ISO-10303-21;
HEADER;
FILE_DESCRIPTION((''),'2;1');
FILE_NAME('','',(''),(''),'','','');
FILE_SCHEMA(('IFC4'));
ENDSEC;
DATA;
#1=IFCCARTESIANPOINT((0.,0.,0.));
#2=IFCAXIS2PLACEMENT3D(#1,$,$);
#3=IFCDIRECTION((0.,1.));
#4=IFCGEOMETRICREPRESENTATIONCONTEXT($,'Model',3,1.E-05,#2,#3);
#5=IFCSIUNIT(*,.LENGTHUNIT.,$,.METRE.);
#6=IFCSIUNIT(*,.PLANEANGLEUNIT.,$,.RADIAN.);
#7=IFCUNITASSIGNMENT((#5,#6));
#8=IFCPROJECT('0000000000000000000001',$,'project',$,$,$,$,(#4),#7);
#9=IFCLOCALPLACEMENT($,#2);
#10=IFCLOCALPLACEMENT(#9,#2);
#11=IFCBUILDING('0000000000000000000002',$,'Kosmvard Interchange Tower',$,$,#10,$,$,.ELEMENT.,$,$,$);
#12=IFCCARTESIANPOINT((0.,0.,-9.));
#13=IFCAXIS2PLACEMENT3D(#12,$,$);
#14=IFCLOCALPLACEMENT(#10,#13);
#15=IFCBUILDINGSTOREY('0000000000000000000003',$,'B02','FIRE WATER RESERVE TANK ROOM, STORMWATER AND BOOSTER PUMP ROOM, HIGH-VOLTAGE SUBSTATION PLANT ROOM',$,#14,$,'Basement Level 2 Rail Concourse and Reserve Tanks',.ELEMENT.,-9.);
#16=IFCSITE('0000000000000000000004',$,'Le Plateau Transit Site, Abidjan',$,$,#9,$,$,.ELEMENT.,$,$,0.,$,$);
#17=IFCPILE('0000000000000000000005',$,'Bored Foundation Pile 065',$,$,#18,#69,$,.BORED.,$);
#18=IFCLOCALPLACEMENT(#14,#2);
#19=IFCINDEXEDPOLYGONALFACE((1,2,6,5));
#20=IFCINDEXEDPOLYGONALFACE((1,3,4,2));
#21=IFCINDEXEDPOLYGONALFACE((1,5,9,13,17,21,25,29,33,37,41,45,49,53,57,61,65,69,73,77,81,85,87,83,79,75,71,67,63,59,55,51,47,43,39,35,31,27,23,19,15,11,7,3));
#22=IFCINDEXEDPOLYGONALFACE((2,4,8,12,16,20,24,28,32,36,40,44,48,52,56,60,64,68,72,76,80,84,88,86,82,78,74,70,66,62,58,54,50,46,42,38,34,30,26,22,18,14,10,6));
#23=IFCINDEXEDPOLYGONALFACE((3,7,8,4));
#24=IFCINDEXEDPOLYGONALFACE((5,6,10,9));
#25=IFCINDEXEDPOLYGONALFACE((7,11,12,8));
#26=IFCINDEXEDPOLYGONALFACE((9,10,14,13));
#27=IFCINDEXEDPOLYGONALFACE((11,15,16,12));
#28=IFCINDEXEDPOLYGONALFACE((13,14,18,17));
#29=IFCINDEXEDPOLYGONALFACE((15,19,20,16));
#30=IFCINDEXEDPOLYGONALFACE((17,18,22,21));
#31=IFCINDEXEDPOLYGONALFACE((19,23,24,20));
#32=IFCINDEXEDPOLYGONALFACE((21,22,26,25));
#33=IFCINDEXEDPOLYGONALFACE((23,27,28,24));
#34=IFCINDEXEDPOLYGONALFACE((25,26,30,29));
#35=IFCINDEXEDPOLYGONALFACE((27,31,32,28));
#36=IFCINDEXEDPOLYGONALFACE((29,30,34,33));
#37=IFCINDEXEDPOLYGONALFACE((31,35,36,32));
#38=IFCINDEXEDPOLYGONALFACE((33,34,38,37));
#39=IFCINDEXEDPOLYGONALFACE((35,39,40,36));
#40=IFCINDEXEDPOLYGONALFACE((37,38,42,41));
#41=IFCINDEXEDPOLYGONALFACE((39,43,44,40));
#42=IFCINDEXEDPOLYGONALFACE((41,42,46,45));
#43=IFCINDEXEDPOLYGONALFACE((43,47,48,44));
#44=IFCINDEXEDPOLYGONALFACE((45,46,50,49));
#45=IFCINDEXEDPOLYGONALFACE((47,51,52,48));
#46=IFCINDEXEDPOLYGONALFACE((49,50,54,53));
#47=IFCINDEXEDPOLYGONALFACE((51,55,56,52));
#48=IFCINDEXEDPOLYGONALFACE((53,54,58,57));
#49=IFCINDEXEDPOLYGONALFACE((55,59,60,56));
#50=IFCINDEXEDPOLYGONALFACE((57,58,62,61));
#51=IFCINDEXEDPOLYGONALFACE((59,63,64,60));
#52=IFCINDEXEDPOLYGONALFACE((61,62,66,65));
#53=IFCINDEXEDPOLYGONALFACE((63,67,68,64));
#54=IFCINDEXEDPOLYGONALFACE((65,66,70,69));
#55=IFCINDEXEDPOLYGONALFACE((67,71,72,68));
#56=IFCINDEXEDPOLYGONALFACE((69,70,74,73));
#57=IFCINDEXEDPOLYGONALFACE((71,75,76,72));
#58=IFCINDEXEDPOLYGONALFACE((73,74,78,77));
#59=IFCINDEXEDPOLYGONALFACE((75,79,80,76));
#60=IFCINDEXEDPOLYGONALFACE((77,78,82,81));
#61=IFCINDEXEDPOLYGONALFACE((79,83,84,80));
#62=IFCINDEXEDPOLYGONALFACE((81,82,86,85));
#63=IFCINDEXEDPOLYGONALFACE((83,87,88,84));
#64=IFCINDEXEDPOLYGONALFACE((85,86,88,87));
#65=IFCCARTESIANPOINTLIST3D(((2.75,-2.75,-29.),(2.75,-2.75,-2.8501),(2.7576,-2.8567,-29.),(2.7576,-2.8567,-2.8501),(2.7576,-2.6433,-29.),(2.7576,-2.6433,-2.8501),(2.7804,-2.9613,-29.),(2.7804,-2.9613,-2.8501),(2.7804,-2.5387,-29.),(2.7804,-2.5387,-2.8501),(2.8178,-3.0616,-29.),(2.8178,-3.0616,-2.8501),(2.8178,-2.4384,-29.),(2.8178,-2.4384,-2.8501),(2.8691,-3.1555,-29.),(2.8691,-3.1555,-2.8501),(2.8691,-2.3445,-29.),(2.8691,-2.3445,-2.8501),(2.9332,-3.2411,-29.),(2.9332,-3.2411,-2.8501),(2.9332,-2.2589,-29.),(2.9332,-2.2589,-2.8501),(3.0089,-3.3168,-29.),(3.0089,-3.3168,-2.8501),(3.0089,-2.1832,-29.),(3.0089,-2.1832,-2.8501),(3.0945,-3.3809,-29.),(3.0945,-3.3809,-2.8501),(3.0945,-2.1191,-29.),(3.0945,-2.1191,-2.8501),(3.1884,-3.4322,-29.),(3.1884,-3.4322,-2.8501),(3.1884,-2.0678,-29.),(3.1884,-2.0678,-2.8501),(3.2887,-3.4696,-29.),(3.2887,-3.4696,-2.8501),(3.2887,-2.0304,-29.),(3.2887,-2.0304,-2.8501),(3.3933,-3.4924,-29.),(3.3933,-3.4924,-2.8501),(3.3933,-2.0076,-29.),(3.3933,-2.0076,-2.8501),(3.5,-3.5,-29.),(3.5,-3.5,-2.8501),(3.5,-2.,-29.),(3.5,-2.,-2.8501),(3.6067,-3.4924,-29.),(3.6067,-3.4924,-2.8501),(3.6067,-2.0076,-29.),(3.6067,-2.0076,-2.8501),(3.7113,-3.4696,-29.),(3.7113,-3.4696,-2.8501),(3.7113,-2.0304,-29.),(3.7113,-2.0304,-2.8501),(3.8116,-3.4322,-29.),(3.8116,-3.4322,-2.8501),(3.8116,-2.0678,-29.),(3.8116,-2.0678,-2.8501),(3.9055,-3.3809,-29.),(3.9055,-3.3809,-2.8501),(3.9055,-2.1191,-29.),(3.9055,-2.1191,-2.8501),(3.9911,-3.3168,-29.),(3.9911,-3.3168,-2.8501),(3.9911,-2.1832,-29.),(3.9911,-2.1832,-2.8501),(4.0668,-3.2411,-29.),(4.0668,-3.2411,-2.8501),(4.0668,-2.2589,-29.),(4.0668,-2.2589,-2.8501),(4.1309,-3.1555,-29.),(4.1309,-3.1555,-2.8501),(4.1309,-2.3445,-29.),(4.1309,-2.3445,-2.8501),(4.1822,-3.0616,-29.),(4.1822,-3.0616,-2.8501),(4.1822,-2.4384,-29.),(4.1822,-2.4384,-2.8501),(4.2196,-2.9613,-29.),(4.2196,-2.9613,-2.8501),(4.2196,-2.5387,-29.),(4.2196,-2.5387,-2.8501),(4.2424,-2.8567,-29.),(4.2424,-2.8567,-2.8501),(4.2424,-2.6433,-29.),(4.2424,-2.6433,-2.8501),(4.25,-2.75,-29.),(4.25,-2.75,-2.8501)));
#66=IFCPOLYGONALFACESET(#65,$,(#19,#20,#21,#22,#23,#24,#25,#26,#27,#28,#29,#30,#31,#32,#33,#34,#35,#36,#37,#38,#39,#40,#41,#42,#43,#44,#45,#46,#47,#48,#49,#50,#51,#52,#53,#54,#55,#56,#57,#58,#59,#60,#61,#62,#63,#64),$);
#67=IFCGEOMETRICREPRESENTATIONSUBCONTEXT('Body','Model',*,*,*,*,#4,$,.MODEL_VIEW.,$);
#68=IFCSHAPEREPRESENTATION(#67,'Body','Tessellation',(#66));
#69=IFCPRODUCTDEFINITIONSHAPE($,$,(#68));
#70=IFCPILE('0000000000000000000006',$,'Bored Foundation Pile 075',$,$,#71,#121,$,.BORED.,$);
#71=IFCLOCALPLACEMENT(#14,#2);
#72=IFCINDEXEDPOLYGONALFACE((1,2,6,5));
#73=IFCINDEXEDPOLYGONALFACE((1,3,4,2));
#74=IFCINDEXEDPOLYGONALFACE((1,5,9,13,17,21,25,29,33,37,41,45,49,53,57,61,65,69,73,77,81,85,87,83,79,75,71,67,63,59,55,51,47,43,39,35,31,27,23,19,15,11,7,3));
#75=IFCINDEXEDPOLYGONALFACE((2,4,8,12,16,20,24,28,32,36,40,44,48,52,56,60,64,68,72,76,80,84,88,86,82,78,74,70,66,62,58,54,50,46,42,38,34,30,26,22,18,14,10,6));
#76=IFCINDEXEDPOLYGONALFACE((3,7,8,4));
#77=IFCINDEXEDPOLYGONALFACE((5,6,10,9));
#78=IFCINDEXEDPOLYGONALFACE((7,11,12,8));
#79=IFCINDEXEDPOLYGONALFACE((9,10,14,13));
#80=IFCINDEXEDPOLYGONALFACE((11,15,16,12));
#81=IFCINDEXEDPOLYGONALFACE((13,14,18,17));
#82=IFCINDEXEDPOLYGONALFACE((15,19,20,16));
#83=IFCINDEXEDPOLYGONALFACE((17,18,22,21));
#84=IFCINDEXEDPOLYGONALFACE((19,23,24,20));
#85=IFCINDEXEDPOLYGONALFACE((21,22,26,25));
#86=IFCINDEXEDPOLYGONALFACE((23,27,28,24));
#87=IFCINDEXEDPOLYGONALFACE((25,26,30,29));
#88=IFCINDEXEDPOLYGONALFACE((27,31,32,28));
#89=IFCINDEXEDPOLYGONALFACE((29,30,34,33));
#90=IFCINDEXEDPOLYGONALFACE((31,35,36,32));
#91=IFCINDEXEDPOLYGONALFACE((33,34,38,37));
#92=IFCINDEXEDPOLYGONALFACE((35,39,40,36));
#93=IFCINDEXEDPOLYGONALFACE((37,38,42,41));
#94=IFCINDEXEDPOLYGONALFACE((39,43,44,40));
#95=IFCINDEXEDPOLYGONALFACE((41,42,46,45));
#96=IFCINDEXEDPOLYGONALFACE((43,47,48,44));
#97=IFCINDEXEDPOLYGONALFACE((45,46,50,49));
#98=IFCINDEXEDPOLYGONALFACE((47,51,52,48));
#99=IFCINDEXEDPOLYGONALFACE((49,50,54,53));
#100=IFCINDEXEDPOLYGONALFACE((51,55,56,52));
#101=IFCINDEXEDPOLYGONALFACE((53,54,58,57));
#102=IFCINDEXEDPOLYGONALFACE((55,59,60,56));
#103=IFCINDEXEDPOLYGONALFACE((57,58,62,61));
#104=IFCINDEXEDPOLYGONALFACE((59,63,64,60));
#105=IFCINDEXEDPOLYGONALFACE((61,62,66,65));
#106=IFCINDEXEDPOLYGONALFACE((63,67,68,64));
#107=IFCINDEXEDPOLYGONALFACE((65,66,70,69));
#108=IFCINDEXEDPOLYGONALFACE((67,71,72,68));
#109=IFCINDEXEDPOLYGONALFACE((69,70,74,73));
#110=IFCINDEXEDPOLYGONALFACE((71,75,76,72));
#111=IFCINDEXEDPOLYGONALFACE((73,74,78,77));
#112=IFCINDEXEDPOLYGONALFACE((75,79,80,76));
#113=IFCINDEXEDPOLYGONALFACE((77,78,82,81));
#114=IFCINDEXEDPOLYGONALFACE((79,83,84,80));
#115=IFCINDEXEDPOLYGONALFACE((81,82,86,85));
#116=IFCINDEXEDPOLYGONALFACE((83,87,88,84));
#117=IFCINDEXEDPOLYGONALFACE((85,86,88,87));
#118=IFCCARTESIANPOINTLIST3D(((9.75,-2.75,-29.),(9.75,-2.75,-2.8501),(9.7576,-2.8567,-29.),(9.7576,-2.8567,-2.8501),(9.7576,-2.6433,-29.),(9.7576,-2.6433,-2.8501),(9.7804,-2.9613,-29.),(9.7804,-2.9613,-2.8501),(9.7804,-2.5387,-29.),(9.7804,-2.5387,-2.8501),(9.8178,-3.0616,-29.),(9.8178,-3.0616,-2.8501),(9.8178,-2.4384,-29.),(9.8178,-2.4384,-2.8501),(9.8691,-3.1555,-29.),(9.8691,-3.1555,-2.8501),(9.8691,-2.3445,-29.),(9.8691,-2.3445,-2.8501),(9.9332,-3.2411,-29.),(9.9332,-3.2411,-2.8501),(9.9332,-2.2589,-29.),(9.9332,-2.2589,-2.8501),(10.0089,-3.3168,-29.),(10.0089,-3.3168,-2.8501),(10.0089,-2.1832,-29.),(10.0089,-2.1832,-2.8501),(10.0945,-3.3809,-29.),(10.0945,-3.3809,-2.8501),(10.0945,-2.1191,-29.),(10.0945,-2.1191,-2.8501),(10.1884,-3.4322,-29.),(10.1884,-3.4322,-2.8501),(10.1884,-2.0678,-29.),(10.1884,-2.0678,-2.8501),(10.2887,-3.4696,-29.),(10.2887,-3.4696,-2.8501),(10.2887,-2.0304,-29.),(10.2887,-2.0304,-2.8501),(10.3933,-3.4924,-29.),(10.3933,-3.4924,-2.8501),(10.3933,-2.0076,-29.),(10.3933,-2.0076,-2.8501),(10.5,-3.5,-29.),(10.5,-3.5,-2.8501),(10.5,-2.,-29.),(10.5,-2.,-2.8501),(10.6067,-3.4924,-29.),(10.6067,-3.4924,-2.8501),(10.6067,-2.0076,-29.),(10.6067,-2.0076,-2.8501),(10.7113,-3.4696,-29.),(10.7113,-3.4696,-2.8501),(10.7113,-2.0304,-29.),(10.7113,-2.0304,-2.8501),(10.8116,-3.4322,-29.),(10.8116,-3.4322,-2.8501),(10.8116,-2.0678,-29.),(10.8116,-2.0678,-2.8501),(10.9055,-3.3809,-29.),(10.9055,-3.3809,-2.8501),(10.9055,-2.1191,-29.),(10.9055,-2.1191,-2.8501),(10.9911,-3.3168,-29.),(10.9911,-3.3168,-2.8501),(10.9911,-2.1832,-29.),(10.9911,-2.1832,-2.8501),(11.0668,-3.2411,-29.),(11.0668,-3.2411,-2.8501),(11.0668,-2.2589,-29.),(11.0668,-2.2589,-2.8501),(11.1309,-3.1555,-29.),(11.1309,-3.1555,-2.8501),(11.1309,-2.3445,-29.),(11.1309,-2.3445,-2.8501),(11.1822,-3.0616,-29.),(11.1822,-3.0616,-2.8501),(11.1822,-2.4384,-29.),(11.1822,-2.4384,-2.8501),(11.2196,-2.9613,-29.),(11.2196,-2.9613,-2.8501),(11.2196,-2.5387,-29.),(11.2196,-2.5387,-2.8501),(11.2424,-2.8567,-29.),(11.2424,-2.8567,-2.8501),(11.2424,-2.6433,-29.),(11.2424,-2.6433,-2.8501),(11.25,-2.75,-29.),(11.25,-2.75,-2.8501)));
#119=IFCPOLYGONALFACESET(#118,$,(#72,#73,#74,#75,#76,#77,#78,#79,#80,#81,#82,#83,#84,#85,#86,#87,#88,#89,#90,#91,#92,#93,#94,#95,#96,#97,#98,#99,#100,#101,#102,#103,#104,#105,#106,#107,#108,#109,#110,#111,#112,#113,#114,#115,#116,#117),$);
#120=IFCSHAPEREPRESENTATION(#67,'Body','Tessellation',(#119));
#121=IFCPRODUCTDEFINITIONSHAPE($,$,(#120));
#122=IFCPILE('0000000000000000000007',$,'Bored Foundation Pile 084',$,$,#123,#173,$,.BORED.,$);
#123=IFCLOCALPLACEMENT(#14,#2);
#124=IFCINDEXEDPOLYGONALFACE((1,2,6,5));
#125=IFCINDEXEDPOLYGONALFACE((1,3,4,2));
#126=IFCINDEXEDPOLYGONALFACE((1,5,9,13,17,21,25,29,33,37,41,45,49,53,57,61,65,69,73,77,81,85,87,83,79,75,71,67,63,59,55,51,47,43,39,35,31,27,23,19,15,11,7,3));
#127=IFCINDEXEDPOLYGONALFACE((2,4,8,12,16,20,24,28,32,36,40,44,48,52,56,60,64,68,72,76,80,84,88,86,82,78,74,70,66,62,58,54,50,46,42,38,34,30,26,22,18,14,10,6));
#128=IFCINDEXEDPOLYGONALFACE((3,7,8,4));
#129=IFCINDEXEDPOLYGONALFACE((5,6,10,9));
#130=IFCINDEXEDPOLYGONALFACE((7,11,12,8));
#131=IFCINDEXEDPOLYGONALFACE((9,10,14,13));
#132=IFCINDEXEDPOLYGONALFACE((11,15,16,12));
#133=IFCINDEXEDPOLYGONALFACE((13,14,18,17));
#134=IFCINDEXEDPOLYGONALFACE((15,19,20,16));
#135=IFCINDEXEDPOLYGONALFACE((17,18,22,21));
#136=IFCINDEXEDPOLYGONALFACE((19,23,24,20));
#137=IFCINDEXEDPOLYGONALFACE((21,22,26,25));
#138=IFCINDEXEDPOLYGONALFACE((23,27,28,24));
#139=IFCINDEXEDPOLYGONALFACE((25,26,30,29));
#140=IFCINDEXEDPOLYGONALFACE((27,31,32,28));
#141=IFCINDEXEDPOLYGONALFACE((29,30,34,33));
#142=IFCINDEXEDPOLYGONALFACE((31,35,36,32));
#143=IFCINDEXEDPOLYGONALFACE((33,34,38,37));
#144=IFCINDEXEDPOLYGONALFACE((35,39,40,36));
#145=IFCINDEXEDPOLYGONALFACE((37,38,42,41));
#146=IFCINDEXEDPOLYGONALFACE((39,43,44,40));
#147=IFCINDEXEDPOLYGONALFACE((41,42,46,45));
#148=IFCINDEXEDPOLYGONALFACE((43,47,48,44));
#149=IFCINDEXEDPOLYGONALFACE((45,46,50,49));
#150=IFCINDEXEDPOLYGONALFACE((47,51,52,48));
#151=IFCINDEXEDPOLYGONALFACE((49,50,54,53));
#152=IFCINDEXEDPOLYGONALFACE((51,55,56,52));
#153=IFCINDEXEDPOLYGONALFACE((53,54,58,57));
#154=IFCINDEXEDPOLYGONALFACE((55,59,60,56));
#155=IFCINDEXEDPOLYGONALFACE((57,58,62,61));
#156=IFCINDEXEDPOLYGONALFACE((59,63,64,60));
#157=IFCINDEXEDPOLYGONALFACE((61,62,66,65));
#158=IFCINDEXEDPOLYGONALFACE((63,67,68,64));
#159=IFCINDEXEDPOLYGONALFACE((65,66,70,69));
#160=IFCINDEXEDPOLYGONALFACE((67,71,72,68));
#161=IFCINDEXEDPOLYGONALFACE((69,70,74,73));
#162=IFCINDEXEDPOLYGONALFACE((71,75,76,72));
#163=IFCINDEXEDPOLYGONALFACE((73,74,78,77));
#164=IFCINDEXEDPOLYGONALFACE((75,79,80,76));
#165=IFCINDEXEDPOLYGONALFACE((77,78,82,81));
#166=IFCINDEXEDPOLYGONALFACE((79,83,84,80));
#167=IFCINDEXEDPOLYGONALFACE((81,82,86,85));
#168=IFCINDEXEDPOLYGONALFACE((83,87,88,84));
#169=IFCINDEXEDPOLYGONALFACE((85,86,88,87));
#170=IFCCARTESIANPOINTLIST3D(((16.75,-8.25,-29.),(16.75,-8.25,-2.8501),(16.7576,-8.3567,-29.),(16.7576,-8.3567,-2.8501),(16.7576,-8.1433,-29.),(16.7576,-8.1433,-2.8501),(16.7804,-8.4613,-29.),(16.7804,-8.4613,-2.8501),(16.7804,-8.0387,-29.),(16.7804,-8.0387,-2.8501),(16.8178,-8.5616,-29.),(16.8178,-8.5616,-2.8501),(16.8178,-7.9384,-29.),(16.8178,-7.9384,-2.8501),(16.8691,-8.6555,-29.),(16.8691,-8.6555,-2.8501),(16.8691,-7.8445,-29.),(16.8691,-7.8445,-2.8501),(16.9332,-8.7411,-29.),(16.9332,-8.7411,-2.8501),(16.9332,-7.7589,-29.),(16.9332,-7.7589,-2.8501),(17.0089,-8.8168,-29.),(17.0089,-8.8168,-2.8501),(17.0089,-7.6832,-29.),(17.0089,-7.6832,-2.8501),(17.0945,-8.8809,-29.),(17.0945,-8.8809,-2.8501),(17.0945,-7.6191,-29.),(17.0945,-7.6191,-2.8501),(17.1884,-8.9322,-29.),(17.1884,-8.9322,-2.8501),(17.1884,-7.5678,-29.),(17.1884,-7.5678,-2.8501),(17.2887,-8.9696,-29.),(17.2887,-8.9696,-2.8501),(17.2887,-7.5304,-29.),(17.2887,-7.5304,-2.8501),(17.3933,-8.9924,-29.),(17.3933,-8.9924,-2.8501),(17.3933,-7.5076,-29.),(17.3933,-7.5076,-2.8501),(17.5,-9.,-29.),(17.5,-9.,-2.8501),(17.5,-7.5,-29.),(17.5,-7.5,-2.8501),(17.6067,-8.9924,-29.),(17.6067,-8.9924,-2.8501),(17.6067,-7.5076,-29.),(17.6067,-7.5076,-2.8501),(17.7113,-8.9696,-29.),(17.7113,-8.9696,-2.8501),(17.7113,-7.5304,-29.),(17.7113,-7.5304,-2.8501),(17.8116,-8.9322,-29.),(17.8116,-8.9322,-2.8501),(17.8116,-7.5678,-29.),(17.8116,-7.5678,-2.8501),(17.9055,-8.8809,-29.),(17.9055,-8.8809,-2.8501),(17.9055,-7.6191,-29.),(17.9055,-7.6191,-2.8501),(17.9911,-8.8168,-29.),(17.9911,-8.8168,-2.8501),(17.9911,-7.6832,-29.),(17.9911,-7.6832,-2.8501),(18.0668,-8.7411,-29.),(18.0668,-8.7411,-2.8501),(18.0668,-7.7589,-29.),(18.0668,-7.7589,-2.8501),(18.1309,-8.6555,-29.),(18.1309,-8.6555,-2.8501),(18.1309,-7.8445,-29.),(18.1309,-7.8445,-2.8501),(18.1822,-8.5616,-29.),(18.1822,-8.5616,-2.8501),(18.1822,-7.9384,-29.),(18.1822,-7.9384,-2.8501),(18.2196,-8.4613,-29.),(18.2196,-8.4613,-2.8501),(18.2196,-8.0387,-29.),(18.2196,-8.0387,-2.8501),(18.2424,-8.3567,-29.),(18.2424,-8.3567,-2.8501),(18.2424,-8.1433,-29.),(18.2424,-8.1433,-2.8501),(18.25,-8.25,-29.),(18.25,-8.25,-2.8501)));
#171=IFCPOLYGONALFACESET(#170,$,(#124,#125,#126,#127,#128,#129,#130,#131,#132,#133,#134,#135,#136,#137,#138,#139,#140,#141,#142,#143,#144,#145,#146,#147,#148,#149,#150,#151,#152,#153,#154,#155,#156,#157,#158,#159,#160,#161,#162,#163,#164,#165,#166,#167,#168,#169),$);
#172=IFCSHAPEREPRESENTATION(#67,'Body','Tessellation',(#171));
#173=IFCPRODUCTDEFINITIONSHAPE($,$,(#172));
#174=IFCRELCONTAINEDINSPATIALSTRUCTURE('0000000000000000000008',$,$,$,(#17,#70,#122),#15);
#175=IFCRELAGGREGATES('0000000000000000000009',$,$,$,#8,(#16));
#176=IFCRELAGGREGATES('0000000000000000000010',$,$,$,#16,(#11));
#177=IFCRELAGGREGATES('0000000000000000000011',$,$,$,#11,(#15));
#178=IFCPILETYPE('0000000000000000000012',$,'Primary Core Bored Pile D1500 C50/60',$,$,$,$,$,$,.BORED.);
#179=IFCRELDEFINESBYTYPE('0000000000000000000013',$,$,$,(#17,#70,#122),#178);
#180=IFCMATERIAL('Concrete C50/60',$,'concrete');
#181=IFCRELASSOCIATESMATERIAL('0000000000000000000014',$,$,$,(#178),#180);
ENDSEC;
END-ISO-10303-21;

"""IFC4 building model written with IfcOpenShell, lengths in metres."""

from ifc_helpers import new_model, si_unit, direction, frame, origin, origin_2d, place, context, subcontext, project, spatial, circle, extrude, source, transform, mapped, material, material_profile, profile_set, type_object, element, save


model = new_model("IFC4")

# Units and contexts
model_context = context("Model", 3, precision=1e-05, world=origin(), true_north=direction((0.0, 1.0)))
body_context = subcontext(model_context, "Body", "Model", "MODEL_VIEW")
ifc_project = project(units=[si_unit("LENGTHUNIT", "METRE"), si_unit("PLANEANGLEUNIT", "RADIAN")], contexts=[model_context])

# Site, building, storey
site_placement = place(None, origin())
site = spatial("IfcSite", under=ifc_project, at=site_placement, Name="Le Plateau Transit Site, Abidjan", CompositionType="ELEMENT", RefElevation=0.0)
building_placement = place(site_placement, origin())
building = spatial("IfcBuilding", under=site, at=building_placement, Name="Kosmvard Interchange Tower", CompositionType="ELEMENT")
storey_placement = place(building_placement, frame((0.0, 0.0, -9.0)))
storey = spatial("IfcBuildingStorey", under=building, at=storey_placement, Name="B02", Description="FIRE WATER RESERVE TANK ROOM, STORMWATER AND BOOSTER PUMP ROOM, HIGH-VOLTAGE SUBSTATION PLANT ROOM", LongName="Basement Level 2 Rail Concourse and Reserve Tanks", CompositionType="ELEMENT", Elevation=-9.0)

# Piles
ifc_material_1 = material(Name="Concrete C50/60", Category="concrete")
ifc_material_profile = material_profile(ifc_material_1, circle(Radius=0.75, at=origin_2d()), Name="PILE D1500")
ifc_profile_set = profile_set([ifc_material_profile], Name="Concrete C50/60")
pile_type = type_object("IfcPileType", Name="Primary Core Bored Pile D1500 C50/60", PredefinedType="BORED", material=ifc_profile_set)
shared_shape_1 = source(origin(), body_context, "Body", "SweptSolid", [
    extrude(circle(Radius=0.75, at=origin_2d()), origin(), (0.0, 0.0, 1.0), 26.1499),
])
for number, where, z_axis, x_axis, name in (
    (1, (3.5, -2.75, -2.8501), (0.0, 0.0, -1.0), (1.0, 0.0, 0.0), "Bored Foundation Pile 065"),
    (2, (10.5, -2.75, -2.8501), (0.0, 0.0, -1.0), (1.0, 0.0, 0.0), "Bored Foundation Pile 075"),
    (3, (17.5, -8.25, -2.8501), (0.0, 0.0, -1.0), (1.0, 0.0, 0.0), "Bored Foundation Pile 084"),
):
    element("IfcPile", number, at=place(storey_placement, frame(where, z_axis=z_axis, x_axis=x_axis)), inside=storey, type_object=pile_type, Name=name, PredefinedType="BORED", context=body_context, shape_type="MappedRepresentation", body=[
        mapped(shared_shape_1, transform((0.0, 0.0, 0.0), scale=1.0)),
    ])

save(model, "model.ifc")
